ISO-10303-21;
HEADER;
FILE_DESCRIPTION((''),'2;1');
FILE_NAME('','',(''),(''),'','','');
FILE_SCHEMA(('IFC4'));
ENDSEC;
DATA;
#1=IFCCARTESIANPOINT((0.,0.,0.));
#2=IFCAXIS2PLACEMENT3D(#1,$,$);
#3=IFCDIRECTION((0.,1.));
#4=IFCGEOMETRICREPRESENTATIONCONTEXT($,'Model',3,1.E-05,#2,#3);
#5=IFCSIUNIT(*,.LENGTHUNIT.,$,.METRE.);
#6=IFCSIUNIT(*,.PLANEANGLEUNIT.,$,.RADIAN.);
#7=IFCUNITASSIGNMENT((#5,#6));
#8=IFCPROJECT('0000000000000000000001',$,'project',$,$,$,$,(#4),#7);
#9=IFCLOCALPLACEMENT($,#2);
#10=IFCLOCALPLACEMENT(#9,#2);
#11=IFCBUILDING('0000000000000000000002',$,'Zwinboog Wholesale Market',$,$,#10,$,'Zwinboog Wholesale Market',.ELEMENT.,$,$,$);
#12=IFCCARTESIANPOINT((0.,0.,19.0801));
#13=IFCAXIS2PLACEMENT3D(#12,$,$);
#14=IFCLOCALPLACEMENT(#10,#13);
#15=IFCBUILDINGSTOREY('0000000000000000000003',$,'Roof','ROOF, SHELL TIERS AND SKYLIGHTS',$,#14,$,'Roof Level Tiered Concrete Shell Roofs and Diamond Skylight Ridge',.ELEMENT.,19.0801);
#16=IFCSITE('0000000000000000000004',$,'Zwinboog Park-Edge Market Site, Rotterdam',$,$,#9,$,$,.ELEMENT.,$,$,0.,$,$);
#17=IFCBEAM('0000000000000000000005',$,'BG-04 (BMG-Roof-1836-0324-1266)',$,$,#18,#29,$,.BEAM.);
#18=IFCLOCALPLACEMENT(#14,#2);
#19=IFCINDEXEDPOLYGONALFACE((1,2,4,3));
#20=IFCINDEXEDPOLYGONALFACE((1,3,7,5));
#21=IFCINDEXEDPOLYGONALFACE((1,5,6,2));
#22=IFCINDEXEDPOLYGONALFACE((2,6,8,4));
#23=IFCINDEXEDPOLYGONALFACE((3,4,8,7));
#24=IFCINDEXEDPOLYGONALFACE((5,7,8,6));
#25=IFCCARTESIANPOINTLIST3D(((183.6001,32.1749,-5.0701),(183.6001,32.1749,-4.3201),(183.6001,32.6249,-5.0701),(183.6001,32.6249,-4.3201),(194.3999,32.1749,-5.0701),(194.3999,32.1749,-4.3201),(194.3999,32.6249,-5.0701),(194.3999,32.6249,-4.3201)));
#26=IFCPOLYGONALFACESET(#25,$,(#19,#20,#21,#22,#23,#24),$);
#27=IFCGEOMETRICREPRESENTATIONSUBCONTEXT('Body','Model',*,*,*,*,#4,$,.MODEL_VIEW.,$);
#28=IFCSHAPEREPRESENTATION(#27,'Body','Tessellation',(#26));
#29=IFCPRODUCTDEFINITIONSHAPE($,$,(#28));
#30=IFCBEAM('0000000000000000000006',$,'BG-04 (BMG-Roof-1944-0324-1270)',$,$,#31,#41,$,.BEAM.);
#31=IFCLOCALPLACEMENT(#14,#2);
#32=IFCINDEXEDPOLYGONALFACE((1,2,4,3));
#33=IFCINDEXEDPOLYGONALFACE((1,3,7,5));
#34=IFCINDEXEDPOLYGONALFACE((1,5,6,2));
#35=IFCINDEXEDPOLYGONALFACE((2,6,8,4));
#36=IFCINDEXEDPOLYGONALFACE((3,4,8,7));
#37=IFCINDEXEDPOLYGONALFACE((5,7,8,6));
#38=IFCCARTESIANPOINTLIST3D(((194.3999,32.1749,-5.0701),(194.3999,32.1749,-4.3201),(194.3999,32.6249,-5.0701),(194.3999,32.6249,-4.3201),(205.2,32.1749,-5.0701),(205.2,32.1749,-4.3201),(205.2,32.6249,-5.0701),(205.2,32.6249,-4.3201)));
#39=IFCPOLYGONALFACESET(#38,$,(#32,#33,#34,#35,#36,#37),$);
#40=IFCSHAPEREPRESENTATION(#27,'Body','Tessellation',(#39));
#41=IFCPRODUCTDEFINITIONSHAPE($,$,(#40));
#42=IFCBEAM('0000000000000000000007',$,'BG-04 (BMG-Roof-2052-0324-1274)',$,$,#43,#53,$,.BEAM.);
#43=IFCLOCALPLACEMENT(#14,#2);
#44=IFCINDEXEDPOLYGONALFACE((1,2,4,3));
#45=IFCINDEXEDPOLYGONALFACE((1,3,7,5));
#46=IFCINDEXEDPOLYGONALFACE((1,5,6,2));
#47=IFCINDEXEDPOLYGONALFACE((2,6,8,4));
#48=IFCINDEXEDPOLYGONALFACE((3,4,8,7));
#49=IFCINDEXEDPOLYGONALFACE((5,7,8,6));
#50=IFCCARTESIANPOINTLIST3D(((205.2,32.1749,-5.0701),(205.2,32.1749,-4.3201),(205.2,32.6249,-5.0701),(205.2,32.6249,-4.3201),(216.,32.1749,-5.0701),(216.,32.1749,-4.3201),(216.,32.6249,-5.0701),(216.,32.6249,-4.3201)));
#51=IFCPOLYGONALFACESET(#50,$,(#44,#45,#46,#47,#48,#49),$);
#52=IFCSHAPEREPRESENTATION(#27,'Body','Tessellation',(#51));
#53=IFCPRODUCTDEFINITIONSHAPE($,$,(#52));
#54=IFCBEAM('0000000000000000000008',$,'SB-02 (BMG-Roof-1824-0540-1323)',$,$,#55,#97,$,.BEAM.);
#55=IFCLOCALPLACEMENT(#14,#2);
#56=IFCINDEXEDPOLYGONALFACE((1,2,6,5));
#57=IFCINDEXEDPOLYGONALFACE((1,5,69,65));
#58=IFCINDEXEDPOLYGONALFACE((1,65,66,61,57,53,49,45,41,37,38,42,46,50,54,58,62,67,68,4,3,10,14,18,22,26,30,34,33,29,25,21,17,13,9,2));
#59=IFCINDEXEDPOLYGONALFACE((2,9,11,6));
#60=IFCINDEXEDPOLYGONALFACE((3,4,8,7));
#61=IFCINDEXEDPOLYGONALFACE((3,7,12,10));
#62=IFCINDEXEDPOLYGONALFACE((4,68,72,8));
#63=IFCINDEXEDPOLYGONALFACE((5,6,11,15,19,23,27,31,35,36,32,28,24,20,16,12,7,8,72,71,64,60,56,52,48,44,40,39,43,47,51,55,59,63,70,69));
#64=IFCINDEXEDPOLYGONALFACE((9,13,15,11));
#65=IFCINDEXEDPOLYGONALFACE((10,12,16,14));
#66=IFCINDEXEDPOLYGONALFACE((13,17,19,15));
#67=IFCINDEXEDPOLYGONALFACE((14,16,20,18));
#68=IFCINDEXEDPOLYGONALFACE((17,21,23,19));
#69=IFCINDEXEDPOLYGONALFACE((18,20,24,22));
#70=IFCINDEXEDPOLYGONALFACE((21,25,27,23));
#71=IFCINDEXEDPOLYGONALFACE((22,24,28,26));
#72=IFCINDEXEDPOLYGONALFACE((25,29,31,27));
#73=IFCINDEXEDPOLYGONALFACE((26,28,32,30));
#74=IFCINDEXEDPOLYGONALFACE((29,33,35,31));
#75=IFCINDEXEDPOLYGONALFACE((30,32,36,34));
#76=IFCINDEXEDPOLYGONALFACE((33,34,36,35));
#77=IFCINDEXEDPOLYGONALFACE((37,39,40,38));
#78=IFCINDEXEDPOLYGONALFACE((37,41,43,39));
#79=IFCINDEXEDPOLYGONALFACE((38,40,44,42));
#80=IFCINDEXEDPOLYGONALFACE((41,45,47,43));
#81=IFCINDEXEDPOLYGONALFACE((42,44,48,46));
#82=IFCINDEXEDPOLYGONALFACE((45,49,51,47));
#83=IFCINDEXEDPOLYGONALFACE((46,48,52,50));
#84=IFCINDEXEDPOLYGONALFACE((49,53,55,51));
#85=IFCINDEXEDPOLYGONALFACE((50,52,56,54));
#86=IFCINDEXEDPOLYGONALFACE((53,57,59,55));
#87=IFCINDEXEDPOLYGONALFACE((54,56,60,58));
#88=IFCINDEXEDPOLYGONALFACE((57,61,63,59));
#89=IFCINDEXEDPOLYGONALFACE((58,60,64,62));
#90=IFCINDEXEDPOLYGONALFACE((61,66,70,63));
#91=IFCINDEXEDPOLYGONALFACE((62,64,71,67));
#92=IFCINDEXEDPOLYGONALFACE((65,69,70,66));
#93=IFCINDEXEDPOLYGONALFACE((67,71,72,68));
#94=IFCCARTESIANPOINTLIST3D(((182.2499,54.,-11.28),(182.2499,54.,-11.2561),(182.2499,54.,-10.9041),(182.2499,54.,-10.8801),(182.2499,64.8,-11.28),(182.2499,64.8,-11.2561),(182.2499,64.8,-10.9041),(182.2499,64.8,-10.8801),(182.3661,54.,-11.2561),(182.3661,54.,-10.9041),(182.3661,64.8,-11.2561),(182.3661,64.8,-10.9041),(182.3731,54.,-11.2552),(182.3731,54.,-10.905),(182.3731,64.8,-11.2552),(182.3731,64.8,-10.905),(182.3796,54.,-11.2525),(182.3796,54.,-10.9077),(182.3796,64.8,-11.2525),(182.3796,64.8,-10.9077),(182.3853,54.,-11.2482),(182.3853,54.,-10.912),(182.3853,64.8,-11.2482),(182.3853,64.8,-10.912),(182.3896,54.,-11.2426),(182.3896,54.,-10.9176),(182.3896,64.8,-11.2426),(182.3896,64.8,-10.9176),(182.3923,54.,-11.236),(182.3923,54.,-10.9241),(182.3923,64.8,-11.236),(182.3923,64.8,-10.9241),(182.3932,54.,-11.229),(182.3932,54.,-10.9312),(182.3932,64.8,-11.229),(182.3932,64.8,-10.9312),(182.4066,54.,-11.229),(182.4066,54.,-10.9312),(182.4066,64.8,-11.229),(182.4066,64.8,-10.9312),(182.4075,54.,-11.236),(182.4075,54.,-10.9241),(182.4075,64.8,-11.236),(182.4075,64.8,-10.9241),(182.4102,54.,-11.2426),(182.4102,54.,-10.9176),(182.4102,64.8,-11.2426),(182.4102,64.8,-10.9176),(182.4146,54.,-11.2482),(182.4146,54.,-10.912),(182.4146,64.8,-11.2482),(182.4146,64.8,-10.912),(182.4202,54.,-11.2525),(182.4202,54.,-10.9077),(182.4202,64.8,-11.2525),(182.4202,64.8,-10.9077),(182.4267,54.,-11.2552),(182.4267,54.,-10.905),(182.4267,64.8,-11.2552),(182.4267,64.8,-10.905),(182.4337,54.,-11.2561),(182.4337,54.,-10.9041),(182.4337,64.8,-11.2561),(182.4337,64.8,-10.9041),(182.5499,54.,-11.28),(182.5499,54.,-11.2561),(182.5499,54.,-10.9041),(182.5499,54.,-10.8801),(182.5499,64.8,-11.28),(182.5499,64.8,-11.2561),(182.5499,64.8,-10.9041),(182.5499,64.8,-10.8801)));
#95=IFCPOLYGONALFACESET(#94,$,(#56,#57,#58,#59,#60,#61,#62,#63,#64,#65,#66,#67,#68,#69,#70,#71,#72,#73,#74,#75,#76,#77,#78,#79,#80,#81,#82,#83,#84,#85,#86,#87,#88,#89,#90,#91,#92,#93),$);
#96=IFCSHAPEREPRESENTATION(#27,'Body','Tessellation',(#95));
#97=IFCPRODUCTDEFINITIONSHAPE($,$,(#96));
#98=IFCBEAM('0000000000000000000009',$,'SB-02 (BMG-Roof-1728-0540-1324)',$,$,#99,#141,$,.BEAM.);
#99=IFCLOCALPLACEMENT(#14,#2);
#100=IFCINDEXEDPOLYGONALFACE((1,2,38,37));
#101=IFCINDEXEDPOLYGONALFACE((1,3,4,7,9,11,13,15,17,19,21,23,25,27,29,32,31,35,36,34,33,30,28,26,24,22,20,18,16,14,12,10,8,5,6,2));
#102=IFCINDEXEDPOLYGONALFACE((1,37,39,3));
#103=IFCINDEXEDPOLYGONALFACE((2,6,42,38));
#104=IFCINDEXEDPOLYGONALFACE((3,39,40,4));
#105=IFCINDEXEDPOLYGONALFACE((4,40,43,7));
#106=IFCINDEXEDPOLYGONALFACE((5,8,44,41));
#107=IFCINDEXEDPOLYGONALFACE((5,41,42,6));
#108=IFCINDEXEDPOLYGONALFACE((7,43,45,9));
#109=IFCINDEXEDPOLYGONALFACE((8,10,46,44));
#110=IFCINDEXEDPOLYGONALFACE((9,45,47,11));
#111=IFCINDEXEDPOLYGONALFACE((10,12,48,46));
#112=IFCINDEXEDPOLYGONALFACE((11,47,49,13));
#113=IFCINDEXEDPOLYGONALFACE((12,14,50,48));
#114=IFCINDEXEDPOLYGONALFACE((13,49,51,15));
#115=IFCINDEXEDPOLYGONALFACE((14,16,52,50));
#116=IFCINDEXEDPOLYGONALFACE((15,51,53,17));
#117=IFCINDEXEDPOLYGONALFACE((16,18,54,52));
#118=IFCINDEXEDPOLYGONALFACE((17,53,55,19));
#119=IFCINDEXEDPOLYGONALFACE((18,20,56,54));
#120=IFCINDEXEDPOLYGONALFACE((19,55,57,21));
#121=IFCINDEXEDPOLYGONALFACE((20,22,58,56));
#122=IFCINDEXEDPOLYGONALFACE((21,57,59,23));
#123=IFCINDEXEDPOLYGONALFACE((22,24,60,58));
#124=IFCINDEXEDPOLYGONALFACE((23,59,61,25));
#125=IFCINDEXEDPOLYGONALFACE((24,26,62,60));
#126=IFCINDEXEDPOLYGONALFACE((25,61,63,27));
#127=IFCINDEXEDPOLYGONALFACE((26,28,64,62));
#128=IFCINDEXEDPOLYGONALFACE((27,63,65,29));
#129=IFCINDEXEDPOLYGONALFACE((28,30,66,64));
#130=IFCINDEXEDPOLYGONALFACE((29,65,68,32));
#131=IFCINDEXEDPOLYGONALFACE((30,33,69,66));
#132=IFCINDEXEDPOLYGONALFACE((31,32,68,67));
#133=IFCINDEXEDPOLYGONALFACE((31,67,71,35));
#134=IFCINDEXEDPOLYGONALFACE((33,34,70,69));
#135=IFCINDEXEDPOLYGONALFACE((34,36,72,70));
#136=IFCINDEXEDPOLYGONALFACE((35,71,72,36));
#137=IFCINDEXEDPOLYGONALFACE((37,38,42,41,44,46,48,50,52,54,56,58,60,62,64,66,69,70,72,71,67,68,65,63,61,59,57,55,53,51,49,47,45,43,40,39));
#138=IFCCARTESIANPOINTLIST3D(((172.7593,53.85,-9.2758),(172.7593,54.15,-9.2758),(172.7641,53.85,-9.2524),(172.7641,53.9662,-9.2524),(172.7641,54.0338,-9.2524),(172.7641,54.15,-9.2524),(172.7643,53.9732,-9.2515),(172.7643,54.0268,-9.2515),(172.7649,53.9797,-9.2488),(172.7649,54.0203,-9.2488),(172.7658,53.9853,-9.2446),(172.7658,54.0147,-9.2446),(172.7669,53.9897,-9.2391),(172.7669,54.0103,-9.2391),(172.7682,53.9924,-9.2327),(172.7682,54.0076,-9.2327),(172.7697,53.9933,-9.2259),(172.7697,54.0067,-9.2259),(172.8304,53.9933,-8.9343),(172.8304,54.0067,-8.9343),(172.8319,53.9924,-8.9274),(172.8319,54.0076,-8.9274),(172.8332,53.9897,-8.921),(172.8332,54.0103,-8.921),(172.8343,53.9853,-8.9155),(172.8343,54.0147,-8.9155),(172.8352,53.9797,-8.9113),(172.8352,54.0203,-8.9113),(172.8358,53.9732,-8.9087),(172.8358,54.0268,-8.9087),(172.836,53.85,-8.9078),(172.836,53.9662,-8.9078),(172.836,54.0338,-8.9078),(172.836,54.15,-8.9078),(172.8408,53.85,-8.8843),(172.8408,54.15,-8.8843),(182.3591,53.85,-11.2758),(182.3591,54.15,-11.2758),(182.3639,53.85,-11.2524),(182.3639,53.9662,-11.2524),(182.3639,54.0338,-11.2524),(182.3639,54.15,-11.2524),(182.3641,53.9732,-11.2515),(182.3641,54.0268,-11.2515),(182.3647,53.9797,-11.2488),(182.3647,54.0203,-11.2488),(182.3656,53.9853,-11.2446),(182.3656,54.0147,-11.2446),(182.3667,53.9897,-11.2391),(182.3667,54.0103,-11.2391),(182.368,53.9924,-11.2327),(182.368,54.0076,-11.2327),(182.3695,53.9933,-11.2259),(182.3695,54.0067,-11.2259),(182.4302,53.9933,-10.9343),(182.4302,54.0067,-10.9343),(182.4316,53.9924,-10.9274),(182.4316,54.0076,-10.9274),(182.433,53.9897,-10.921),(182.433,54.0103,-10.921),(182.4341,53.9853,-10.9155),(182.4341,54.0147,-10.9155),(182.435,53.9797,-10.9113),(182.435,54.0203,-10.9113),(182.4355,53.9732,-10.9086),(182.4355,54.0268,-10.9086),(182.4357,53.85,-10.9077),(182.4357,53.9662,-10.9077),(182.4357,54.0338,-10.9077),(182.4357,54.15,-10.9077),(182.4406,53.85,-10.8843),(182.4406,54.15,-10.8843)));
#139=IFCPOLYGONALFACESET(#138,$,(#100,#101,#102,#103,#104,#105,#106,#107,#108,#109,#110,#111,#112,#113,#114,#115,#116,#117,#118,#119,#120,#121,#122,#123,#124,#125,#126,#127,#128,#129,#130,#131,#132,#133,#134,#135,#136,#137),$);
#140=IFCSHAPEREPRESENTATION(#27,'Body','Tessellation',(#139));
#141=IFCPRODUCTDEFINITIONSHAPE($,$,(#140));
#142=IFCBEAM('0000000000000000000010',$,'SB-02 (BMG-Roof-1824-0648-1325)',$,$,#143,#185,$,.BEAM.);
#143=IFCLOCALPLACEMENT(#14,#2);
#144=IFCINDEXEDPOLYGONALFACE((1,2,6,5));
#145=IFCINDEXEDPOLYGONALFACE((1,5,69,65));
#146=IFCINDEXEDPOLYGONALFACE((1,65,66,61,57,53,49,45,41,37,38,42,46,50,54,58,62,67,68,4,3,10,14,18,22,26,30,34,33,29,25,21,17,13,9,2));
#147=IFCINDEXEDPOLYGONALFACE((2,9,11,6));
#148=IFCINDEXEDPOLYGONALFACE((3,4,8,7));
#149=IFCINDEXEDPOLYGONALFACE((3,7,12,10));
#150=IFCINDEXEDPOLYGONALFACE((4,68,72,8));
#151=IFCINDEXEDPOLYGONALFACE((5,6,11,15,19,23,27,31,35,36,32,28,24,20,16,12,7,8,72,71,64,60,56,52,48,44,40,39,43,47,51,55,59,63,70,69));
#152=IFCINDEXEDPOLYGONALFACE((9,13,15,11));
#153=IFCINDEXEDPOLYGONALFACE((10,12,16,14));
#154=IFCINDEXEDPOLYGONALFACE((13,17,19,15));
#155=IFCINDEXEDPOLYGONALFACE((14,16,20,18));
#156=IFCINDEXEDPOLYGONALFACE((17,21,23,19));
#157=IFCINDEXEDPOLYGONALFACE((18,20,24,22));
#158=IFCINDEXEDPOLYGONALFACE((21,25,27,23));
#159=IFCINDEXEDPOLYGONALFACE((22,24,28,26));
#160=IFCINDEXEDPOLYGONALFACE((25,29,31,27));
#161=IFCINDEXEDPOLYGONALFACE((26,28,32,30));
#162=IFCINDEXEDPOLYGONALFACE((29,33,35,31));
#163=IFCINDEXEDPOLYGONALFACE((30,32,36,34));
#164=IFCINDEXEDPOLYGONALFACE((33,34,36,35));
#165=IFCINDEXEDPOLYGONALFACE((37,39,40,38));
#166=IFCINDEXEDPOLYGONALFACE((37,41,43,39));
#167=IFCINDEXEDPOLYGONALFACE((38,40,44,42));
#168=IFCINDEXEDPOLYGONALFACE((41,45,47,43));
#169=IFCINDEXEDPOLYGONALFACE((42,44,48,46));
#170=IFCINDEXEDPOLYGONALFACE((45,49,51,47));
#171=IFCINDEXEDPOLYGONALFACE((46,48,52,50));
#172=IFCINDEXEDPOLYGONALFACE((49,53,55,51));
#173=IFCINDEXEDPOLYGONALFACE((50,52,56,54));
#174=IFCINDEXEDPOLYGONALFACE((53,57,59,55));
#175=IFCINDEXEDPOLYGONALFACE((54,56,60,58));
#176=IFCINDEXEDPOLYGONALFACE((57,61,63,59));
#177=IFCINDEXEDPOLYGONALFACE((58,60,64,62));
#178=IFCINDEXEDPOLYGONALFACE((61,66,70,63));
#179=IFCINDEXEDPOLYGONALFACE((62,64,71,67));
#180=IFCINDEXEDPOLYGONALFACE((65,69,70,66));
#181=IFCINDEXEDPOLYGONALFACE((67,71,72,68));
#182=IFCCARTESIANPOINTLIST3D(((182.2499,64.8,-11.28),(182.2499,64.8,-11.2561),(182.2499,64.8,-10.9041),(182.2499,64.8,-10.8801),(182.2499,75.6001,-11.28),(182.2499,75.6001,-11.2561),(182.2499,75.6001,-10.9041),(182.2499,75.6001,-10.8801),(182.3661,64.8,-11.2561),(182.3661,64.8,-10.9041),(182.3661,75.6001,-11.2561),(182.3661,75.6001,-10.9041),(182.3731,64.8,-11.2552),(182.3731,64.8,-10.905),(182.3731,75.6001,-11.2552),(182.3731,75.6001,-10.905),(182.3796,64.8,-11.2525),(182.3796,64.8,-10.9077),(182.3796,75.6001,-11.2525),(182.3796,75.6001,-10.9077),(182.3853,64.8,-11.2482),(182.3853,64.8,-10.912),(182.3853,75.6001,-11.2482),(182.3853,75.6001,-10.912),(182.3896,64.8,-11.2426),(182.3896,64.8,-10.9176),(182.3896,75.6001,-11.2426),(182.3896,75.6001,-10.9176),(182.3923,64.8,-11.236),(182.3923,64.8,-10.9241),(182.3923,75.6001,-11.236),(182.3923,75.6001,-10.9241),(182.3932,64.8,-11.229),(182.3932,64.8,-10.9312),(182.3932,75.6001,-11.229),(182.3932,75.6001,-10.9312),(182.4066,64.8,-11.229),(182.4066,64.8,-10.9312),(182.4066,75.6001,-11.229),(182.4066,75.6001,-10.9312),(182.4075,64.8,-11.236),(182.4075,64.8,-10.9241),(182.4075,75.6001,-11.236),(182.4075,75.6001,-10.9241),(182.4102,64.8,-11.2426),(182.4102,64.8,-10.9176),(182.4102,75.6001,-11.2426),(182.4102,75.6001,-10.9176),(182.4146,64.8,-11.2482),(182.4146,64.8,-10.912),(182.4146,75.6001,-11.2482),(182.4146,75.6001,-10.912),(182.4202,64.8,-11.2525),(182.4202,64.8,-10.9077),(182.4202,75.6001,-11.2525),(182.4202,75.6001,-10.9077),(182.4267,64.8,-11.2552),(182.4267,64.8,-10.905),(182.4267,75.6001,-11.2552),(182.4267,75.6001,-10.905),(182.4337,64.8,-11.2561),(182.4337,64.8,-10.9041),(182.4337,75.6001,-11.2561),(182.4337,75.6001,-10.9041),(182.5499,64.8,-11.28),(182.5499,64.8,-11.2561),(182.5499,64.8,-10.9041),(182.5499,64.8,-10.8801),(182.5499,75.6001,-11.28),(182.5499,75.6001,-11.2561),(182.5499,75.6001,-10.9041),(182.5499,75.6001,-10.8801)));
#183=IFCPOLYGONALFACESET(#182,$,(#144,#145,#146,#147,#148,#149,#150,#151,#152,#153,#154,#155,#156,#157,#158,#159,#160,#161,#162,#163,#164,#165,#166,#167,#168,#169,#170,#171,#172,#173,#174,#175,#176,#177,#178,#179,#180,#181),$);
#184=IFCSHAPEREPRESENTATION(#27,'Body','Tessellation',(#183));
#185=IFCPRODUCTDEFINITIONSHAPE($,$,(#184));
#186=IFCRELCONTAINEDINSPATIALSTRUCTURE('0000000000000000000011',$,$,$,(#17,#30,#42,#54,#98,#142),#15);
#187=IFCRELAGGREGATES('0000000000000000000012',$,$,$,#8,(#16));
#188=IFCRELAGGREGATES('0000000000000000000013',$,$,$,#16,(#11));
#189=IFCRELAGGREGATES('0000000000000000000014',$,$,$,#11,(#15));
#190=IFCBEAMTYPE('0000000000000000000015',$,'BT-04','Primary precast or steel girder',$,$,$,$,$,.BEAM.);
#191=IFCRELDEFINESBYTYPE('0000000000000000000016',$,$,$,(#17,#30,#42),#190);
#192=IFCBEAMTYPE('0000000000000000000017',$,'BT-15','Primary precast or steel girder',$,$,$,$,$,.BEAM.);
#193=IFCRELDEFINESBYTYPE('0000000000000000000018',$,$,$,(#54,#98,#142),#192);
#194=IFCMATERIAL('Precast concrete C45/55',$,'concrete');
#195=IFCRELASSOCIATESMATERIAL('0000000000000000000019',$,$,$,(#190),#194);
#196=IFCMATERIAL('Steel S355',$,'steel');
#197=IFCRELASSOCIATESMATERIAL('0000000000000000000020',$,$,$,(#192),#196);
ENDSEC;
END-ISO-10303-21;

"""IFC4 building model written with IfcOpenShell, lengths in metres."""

from ifc_helpers import new_model, si_unit, direction, frame, origin, origin_2d, place, context, subcontext, project, spatial, rectangle, i_section, extrude, material, material_profile, profile_set, type_object, element, save


model = new_model("IFC4")

# Units and contexts
model_context = context("Model", 3, precision=1e-05, world=origin(), true_north=direction((0.0, 1.0)))
body_context = subcontext(model_context, "Body", "Model", "MODEL_VIEW")
ifc_project = project(units=[si_unit("LENGTHUNIT", "METRE"), si_unit("PLANEANGLEUNIT", "RADIAN")], contexts=[model_context])

# Site, building, storey
site_placement = place(None, origin())
site = spatial("IfcSite", under=ifc_project, at=site_placement, Name="Zwinboog Park-Edge Market Site, Rotterdam", CompositionType="ELEMENT", RefElevation=0.0)
building_placement = place(site_placement, origin())
building = spatial("IfcBuilding", under=site, at=building_placement, Name="Zwinboog Wholesale Market", LongName="Zwinboog Wholesale Market", CompositionType="ELEMENT")
storey_placement = place(building_placement, frame((0.0, 0.0, 19.0801)))
storey = spatial("IfcBuildingStorey", under=building, at=storey_placement, Name="Roof", Description="ROOF, SHELL TIERS AND SKYLIGHTS", LongName="Roof Level Tiered Concrete Shell Roofs and Diamond Skylight Ridge", CompositionType="ELEMENT", Elevation=19.0801)

# Beams
ifc_material_1 = material(Name="Precast concrete C45/55", Category="concrete")
ifc_material_profile_1 = material_profile(ifc_material_1, rectangle(XDim=0.45, YDim=0.75, at=origin_2d()), Name="PC 450x750")
ifc_profile_set_1 = profile_set([ifc_material_profile_1], Name="Precast concrete C45/55")
beam_type_1 = type_object("IfcBeamType", Name="BT-04", Description="Primary precast or steel girder", PredefinedType="BEAM", material=ifc_profile_set_1)
beam_1_placement = place(storey_placement, frame((183.6001, 32.3999, -4.6951), z_axis=(1.0, 0.0, 0.0), x_axis=(0.0, 1.0, 0.0)))
element("IfcBeam", 1, at=beam_1_placement, inside=storey, type_object=beam_type_1, Name="BG-04 (BMG-Roof-1836-0324-1266)", PredefinedType="BEAM", context=body_context, shape_type="SweptSolid", body=[
    extrude(rectangle(XDim=0.45, YDim=0.75, at=origin_2d()), origin(), (0.0, 0.0, 1.0), 10.7998),
])
for number, where, z_axis, x_axis, name in (
    (2, (194.3999, 32.3999, -4.6951), (1.0, 0.0, 0.0), (0.0, 1.0, 0.0), "BG-04 (BMG-Roof-1944-0324-1270)"),
    (3, (205.2, 32.3999, -4.6951), (1.0, 0.0, 0.0), (0.0, 1.0, 0.0), "BG-04 (BMG-Roof-2052-0324-1274)"),
):
    element("IfcBeam", number, at=place(storey_placement, frame(where, z_axis=z_axis, x_axis=x_axis)), inside=storey, type_object=beam_type_1, Name=name, PredefinedType="BEAM", context=body_context, shape_type="SweptSolid", body=[
        extrude(rectangle(XDim=0.45, YDim=0.75, at=origin_2d()), origin(), (0.0, 0.0, 1.0), 10.8),
    ])
ifc_material_2 = material(Name="Steel S355", Category="steel")
ifc_material_profile_2 = material_profile(ifc_material_2, i_section(OverallWidth=0.3, OverallDepth=0.3999, WebThickness=0.0134, FlangeThickness=0.0239, FilletRadius=0.0271, at=origin_2d()), Name="HEB 400")
ifc_profile_set_2 = profile_set([ifc_material_profile_2], Name="Steel S355")
beam_type_2 = type_object("IfcBeamType", Name="BT-15", Description="Primary precast or steel girder", PredefinedType="BEAM", material=ifc_profile_set_2)
beam_2_placement = place(storey_placement, frame((182.3999, 54.0, -11.0801), z_axis=(0.0, 1.0, 0.0), x_axis=(-1.0, 0.0, 0.0)))
element("IfcBeam", 4, at=beam_2_placement, inside=storey, type_object=beam_type_2, Name="SB-02 (BMG-Roof-1824-0540-1323)", PredefinedType="BEAM", context=body_context, shape_type="SweptSolid", body=[
    extrude(i_section(OverallWidth=0.3, OverallDepth=0.3999, WebThickness=0.0134, FlangeThickness=0.0239, FilletRadius=0.0271, at=origin_2d()), origin(), (0.0, 0.0, 1.0), 10.8),
])
beam_3_placement = place(storey_placement, frame((172.8, 54.0, -9.0801), z_axis=(0.97898, 0.0, -0.203957), x_axis=(0.0, 1.0, 0.0)))
element("IfcBeam", 5, at=beam_3_placement, inside=storey, type_object=beam_type_2, Name="SB-02 (BMG-Roof-1728-0540-1324)", PredefinedType="BEAM", context=body_context, shape_type="SweptSolid", body=[
    extrude(i_section(OverallWidth=0.3, OverallDepth=0.3999, WebThickness=0.0134, FlangeThickness=0.0239, FilletRadius=0.0271, at=origin_2d()), origin(), (0.0, 0.0, 1.0), 9.8059),
])
beam_4_placement = place(storey_placement, frame((182.3999, 64.8, -11.0801), z_axis=(0.0, 1.0, 0.0), x_axis=(-1.0, 0.0, 0.0)))
element("IfcBeam", 6, at=beam_4_placement, inside=storey, type_object=beam_type_2, Name="SB-02 (BMG-Roof-1824-0648-1325)", PredefinedType="BEAM", context=body_context, shape_type="SweptSolid", body=[
    extrude(i_section(OverallWidth=0.3, OverallDepth=0.3999, WebThickness=0.0134, FlangeThickness=0.0239, FilletRadius=0.0271, at=origin_2d()), origin(), (0.0, 0.0, 1.0), 10.8),
])

save(model, "model.ifc")
